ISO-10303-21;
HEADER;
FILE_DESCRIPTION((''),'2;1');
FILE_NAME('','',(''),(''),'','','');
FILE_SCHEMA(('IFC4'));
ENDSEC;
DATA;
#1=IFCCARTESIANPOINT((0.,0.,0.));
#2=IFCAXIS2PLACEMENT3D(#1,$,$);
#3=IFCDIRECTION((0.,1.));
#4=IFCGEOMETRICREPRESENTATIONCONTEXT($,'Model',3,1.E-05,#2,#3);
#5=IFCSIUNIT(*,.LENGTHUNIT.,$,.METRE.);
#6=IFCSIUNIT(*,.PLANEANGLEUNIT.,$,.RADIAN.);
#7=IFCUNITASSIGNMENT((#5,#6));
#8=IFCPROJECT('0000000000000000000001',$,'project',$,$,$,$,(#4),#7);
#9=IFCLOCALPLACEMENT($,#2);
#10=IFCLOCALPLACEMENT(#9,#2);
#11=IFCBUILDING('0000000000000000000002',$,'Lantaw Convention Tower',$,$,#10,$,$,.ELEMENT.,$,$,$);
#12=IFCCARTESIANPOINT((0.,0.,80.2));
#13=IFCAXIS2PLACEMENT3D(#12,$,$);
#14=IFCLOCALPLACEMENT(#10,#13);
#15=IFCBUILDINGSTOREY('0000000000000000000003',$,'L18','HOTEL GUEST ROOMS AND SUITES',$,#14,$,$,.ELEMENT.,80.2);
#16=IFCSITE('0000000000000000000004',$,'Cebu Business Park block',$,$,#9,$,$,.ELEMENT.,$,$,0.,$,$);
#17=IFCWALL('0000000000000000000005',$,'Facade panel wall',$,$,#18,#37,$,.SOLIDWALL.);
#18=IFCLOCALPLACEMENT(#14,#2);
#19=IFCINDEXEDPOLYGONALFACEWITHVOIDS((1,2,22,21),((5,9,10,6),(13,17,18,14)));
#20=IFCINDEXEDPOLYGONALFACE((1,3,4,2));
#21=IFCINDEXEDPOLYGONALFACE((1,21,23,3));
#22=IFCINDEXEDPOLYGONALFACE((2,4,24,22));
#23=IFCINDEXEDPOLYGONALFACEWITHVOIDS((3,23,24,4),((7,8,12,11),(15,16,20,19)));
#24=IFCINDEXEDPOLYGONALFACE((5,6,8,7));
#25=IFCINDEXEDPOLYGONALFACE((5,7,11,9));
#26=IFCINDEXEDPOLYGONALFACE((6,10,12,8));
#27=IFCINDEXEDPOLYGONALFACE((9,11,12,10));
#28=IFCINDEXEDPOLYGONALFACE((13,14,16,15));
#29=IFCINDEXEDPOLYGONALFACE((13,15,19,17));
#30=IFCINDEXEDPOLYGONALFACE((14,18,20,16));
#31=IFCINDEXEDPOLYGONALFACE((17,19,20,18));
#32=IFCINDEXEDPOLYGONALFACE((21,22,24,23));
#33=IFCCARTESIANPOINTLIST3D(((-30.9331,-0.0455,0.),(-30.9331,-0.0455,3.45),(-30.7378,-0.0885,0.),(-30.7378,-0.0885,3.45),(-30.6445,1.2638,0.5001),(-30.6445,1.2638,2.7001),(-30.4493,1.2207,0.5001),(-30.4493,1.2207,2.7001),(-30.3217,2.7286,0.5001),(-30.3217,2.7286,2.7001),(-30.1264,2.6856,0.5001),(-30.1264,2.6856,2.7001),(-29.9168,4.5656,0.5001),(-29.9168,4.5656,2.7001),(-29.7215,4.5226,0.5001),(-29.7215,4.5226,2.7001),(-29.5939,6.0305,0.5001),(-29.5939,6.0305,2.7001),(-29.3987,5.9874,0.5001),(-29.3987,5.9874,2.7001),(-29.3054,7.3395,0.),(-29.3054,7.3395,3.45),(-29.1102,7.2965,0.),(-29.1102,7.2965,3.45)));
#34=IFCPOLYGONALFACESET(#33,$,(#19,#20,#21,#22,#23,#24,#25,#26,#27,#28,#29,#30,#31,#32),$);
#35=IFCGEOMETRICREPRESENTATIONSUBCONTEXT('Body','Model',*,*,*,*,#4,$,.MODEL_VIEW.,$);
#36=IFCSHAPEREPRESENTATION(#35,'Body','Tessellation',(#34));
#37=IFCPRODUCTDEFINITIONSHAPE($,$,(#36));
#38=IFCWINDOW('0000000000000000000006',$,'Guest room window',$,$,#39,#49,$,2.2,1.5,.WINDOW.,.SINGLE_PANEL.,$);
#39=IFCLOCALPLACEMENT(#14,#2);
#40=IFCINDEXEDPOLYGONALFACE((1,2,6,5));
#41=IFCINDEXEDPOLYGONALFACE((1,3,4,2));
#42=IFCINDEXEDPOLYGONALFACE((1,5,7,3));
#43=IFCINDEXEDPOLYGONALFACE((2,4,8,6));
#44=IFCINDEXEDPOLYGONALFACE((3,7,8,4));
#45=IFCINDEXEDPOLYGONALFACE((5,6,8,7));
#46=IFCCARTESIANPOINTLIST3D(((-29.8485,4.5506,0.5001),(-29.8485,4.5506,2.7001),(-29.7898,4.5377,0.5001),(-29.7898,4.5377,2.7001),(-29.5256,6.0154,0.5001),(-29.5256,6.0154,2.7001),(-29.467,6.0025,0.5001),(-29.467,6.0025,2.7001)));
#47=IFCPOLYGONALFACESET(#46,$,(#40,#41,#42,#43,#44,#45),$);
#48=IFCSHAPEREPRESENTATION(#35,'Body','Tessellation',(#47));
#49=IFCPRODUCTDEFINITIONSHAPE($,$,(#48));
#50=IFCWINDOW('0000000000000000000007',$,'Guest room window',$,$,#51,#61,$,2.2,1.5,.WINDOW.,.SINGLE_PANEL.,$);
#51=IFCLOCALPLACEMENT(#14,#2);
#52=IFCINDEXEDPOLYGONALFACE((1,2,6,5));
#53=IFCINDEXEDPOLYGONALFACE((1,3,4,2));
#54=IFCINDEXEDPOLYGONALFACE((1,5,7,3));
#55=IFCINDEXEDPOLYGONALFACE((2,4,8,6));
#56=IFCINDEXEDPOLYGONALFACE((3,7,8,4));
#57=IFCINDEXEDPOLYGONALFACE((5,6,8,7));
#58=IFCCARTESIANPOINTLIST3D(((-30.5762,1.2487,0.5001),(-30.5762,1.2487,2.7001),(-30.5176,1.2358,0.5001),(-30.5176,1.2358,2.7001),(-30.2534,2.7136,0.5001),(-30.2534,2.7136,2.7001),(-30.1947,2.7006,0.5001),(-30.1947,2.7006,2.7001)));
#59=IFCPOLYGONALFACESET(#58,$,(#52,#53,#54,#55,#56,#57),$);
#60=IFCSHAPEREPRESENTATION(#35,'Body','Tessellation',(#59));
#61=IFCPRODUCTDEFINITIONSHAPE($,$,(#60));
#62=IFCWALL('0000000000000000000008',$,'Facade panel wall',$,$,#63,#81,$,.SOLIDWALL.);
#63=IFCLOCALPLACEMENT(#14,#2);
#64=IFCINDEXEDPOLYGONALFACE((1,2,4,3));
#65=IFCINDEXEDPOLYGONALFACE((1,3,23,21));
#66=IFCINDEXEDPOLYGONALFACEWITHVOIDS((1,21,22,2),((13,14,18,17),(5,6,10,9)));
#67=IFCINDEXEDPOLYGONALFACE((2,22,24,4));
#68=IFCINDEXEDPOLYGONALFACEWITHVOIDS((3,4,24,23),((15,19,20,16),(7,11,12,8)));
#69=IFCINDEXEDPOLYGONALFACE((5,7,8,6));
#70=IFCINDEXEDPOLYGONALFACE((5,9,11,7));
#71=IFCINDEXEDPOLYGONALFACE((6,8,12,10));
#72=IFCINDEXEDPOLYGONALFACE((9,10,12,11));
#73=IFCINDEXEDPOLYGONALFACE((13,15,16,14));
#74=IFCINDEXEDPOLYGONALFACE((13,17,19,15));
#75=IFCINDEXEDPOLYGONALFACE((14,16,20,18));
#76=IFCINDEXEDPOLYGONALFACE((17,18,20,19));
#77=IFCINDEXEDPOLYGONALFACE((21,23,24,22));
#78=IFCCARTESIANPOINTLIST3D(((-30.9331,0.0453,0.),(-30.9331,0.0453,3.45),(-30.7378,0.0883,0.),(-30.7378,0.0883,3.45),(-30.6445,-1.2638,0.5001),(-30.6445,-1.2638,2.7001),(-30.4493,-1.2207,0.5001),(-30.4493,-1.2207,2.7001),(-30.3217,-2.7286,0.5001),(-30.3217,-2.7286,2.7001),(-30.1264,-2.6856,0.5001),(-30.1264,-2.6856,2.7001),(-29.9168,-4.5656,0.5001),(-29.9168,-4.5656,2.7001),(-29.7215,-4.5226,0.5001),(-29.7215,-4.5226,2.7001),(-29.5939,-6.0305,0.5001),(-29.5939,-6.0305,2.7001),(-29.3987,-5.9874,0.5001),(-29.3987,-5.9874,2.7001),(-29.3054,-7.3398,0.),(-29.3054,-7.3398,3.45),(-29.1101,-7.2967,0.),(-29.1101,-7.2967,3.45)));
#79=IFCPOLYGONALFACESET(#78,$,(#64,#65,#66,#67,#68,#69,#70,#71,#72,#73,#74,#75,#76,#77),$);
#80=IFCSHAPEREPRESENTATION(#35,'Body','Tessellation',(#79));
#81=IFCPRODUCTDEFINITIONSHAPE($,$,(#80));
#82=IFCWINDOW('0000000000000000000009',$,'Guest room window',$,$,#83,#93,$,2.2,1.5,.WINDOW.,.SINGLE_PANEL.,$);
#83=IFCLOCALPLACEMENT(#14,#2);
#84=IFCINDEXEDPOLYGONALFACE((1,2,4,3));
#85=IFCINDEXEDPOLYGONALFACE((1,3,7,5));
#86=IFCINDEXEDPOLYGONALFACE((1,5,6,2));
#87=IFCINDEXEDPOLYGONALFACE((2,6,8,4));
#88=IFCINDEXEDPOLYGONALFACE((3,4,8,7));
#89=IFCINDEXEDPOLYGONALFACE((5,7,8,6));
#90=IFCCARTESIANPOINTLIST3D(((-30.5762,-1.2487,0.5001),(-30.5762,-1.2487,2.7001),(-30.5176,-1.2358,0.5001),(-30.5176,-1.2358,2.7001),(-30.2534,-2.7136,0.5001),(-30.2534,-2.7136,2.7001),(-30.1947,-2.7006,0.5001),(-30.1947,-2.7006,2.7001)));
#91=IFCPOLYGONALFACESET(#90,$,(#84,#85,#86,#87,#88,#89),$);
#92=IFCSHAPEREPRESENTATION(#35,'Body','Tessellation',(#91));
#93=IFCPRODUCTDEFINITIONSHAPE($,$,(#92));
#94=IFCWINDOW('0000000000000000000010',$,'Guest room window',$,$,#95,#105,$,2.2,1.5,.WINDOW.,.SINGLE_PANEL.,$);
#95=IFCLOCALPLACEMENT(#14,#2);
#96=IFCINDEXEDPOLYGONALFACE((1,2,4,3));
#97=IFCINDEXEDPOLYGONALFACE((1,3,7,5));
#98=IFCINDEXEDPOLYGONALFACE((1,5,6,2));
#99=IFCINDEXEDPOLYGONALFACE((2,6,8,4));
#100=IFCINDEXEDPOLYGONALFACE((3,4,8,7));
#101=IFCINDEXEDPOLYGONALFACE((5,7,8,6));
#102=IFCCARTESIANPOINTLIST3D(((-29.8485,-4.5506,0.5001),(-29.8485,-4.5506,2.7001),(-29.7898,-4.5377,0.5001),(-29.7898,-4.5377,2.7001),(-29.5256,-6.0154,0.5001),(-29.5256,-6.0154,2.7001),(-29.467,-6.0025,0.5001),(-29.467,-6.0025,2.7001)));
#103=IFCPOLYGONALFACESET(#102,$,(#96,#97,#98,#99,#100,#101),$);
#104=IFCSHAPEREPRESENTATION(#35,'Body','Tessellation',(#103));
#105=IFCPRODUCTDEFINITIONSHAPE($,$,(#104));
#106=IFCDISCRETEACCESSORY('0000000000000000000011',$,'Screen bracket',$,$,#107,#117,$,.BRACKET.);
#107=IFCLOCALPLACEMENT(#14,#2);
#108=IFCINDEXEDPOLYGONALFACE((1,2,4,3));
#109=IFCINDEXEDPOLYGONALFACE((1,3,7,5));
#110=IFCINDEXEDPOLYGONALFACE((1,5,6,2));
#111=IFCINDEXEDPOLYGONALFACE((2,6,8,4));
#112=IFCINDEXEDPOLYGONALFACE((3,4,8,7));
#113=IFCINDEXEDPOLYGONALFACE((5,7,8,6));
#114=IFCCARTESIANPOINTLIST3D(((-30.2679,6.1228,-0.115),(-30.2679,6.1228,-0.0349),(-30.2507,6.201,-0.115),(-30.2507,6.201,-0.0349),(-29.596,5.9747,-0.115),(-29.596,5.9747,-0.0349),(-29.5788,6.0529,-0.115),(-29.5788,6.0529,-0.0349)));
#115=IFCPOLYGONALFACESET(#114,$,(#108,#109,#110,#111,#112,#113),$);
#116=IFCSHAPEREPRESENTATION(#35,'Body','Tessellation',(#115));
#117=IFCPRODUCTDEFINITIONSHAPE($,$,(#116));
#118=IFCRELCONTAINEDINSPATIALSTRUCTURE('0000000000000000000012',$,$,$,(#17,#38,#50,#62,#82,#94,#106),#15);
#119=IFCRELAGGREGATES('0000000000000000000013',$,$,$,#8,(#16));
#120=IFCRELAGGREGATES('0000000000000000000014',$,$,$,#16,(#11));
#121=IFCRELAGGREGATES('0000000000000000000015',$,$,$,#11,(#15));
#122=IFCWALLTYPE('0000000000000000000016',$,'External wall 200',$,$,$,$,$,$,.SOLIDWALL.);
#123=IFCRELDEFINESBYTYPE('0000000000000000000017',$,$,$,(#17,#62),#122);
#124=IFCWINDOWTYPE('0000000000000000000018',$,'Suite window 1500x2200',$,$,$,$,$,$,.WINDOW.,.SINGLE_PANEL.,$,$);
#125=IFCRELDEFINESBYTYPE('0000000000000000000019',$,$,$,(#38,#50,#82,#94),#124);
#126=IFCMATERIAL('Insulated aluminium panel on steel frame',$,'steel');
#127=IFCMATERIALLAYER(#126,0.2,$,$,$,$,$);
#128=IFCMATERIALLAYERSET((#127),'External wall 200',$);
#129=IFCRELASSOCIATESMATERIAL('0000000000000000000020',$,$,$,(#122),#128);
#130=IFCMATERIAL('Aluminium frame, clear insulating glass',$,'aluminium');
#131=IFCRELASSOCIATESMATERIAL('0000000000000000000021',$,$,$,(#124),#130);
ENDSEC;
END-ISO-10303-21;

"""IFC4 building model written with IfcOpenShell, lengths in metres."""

from ifc_helpers import new_model, si_unit, direction, frame, frame_2d, origin, origin_2d, place, context, subcontext, project, spatial, rectangle, extrude, material, layer, layer_set, type_object, element, fill, save


model = new_model("IFC4")

# Units and contexts
model_context = context("Model", 3, precision=1e-05, world=origin(), true_north=direction((0.0, 1.0)))
body_context = subcontext(model_context, "Body", "Model", "MODEL_VIEW")
ifc_project = project(units=[si_unit("LENGTHUNIT", "METRE"), si_unit("PLANEANGLEUNIT", "RADIAN")], contexts=[model_context])

# Site, building, storey
site_placement = place(None, origin())
site = spatial("IfcSite", under=ifc_project, at=site_placement, Name="Cebu Business Park block", CompositionType="ELEMENT", RefElevation=0.0)
building_placement = place(site_placement, origin())
building = spatial("IfcBuilding", under=site, at=building_placement, Name="Lantaw Convention Tower", CompositionType="ELEMENT")
storey_placement = place(building_placement, frame((0.0, 0.0, 80.2)))
storey = spatial("IfcBuildingStorey", under=building, at=storey_placement, Name="L18", Description="HOTEL GUEST ROOMS AND SUITES", CompositionType="ELEMENT", Elevation=80.2)

# Walls, openings, windows
ifc_material_1 = material(Name="Insulated aluminium panel on steel frame", Category="steel")
ifc_layer_1 = layer(ifc_material_1, 0.2)
ifc_layer_set_1 = layer_set([ifc_layer_1], Name="External wall 200")
wall_type_1 = type_object("IfcWallType", Name="External wall 200", PredefinedType="SOLIDWALL", material=ifc_layer_set_1)
wall_1_placement = place(storey_placement, frame((-29.2078, 7.3181, 0.0), z_axis=(0.0, 0.0, 1.0), x_axis=(-0.215238, -0.976562, 0.0)))
wall_1 = element("IfcWall", 1, at=wall_1_placement, inside=storey, type_object=wall_type_1, Name="Facade panel wall", PredefinedType="SOLIDWALL", context=body_context, shape_type="SweptSolid", body=[
    extrude(rectangle(XDim=7.5623, YDim=0.2, at=frame_2d((3.7812, 0.0))), origin(), (0.0, 0.0, 1.0), 3.45),
])
opening_1_placement = place(wall_1_placement, frame((1.3406, 0.0, 0.5)))
opening_1 = element("IfcOpeningElement", 2, at=opening_1_placement, cuts=wall_1, PredefinedType="OPENING", context=body_context, shape_type="SweptSolid", body=[
    extrude(rectangle(XDim=1.5, YDim=2.2, at=frame_2d((0.75, 1.1001))), frame((0.0, 0.1099, 0.0), z_axis=(0.0, -1.0, 0.0), x_axis=(1.0, 0.0, 0.0)), (0.0, 0.0, 1.0), 0.22),
])
opening_2_placement = place(wall_1_placement, frame((4.7217, 0.0, 0.5)))
opening_2 = element("IfcOpeningElement", 3, at=opening_2_placement, cuts=wall_1, PredefinedType="OPENING", context=body_context, shape_type="SweptSolid", body=[
    extrude(rectangle(XDim=1.5, YDim=2.2, at=frame_2d((0.75, 1.1001))), frame((0.0, 0.1099, 0.0), z_axis=(0.0, -1.0, 0.0), x_axis=(1.0, 0.0, 0.0)), (0.0, 0.0, 1.0), 0.22),
])
ifc_material_2 = material(Name="Aluminium frame, clear insulating glass", Category="aluminium")
window_type = type_object("IfcWindowType", Name="Suite window 1500x2200", PartitioningType="SINGLE_PANEL", PredefinedType="WINDOW", material=ifc_material_2)
window_1_placement = place(opening_1_placement, origin())
window_1 = element("IfcWindow", 4, at=window_1_placement, inside=storey, type_object=window_type, Name="Guest room window", OverallHeight=2.2, OverallWidth=1.5, PartitioningType="SINGLE_PANEL", PredefinedType="WINDOW", context=body_context, shape_type="SweptSolid", body=[
    extrude(rectangle(XDim=1.5, YDim=2.2, at=frame_2d((0.75, 1.1001))), frame((0.0, 0.03, 0.0), z_axis=(0.0, -1.0, 0.0), x_axis=(1.0, 0.0, 0.0)), (0.0, 0.0, 1.0), 0.0601),
])
fill(opening_1, window_1)
window_2_placement = place(opening_2_placement, origin())
window_2 = element("IfcWindow", 5, at=window_2_placement, inside=storey, type_object=window_type, Name="Guest room window", OverallHeight=2.2, OverallWidth=1.5, PartitioningType="SINGLE_PANEL", PredefinedType="WINDOW", context=body_context, shape_type="SweptSolid", body=[
    extrude(rectangle(XDim=1.5, YDim=2.2, at=frame_2d((0.75, 1.1001))), frame((0.0, 0.03, 0.0), z_axis=(0.0, -1.0, 0.0), x_axis=(1.0, 0.0, 0.0)), (0.0, 0.0, 1.0), 0.0601),
])
fill(opening_2, window_2)
wall_2_placement = place(storey_placement, frame((-30.8354, 0.0669, 0.0), z_axis=(0.0, 0.0, 1.0), x_axis=(0.215238, -0.976562, 0.0)))
wall_2 = element("IfcWall", 6, at=wall_2_placement, inside=storey, type_object=wall_type_1, Name="Facade panel wall", PredefinedType="SOLIDWALL", context=body_context, shape_type="SweptSolid", body=[
    extrude(rectangle(XDim=7.5623, YDim=0.2, at=frame_2d((3.7812, 0.0))), origin(), (0.0, 0.0, 1.0), 3.45),
])
opening_3_placement = place(wall_2_placement, frame((1.3406, 0.0, 0.5)))
opening_3 = element("IfcOpeningElement", 7, at=opening_3_placement, cuts=wall_2, PredefinedType="OPENING", context=body_context, shape_type="SweptSolid", body=[
    extrude(rectangle(XDim=1.5, YDim=2.2, at=frame_2d((0.75, 1.1001))), frame((0.0, 0.1099, 0.0), z_axis=(0.0, -1.0, 0.0), x_axis=(1.0, 0.0, 0.0)), (0.0, 0.0, 1.0), 0.22),
])
opening_4_placement = place(wall_2_placement, frame((4.7217, 0.0, 0.5)))
opening_4 = element("IfcOpeningElement", 8, at=opening_4_placement, cuts=wall_2, PredefinedType="OPENING", context=body_context, shape_type="SweptSolid", body=[
    extrude(rectangle(XDim=1.5, YDim=2.2, at=frame_2d((0.75, 1.1001))), frame((0.0, 0.1099, 0.0), z_axis=(0.0, -1.0, 0.0), x_axis=(1.0, 0.0, 0.0)), (0.0, 0.0, 1.0), 0.22),
])
window_3_placement = place(opening_3_placement, origin())
window_3 = element("IfcWindow", 9, at=window_3_placement, inside=storey, type_object=window_type, Name="Guest room window", OverallHeight=2.2, OverallWidth=1.5, PartitioningType="SINGLE_PANEL", PredefinedType="WINDOW", context=body_context, shape_type="SweptSolid", body=[
    extrude(rectangle(XDim=1.5, YDim=2.2, at=frame_2d((0.75, 1.1001))), frame((0.0, 0.03, 0.0), z_axis=(0.0, -1.0, 0.0), x_axis=(1.0, 0.0, 0.0)), (0.0, 0.0, 1.0), 0.0601),
])
fill(opening_3, window_3)
window_4_placement = place(opening_4_placement, origin())
window_4 = element("IfcWindow", 10, at=window_4_placement, inside=storey, type_object=window_type, Name="Guest room window", OverallHeight=2.2, OverallWidth=1.5, PartitioningType="SINGLE_PANEL", PredefinedType="WINDOW", context=body_context, shape_type="SweptSolid", body=[
    extrude(rectangle(XDim=1.5, YDim=2.2, at=frame_2d((0.75, 1.1001))), frame((0.0, 0.03, 0.0), z_axis=(0.0, -1.0, 0.0), x_axis=(1.0, 0.0, 0.0)), (0.0, 0.0, 1.0), 0.0601),
])
fill(opening_4, window_4)

# Discrete accessory
discrete_accessory_placement = place(storey_placement, frame((-29.9233, 6.0879, -0.115), z_axis=(0.0, 0.0, 1.0), x_axis=(-0.215246, -0.97656, 0.0)))
element("IfcDiscreteAccessory", 11, at=discrete_accessory_placement, inside=storey, Name="Screen bracket", PredefinedType="BRACKET", context=body_context, shape_type="SweptSolid", body=[
    extrude(rectangle(XDim=0.0801, YDim=0.688, at=origin_2d()), origin(), (0.0, 0.0, 1.0), 0.0801),
])

save(model, "model.ifc")
